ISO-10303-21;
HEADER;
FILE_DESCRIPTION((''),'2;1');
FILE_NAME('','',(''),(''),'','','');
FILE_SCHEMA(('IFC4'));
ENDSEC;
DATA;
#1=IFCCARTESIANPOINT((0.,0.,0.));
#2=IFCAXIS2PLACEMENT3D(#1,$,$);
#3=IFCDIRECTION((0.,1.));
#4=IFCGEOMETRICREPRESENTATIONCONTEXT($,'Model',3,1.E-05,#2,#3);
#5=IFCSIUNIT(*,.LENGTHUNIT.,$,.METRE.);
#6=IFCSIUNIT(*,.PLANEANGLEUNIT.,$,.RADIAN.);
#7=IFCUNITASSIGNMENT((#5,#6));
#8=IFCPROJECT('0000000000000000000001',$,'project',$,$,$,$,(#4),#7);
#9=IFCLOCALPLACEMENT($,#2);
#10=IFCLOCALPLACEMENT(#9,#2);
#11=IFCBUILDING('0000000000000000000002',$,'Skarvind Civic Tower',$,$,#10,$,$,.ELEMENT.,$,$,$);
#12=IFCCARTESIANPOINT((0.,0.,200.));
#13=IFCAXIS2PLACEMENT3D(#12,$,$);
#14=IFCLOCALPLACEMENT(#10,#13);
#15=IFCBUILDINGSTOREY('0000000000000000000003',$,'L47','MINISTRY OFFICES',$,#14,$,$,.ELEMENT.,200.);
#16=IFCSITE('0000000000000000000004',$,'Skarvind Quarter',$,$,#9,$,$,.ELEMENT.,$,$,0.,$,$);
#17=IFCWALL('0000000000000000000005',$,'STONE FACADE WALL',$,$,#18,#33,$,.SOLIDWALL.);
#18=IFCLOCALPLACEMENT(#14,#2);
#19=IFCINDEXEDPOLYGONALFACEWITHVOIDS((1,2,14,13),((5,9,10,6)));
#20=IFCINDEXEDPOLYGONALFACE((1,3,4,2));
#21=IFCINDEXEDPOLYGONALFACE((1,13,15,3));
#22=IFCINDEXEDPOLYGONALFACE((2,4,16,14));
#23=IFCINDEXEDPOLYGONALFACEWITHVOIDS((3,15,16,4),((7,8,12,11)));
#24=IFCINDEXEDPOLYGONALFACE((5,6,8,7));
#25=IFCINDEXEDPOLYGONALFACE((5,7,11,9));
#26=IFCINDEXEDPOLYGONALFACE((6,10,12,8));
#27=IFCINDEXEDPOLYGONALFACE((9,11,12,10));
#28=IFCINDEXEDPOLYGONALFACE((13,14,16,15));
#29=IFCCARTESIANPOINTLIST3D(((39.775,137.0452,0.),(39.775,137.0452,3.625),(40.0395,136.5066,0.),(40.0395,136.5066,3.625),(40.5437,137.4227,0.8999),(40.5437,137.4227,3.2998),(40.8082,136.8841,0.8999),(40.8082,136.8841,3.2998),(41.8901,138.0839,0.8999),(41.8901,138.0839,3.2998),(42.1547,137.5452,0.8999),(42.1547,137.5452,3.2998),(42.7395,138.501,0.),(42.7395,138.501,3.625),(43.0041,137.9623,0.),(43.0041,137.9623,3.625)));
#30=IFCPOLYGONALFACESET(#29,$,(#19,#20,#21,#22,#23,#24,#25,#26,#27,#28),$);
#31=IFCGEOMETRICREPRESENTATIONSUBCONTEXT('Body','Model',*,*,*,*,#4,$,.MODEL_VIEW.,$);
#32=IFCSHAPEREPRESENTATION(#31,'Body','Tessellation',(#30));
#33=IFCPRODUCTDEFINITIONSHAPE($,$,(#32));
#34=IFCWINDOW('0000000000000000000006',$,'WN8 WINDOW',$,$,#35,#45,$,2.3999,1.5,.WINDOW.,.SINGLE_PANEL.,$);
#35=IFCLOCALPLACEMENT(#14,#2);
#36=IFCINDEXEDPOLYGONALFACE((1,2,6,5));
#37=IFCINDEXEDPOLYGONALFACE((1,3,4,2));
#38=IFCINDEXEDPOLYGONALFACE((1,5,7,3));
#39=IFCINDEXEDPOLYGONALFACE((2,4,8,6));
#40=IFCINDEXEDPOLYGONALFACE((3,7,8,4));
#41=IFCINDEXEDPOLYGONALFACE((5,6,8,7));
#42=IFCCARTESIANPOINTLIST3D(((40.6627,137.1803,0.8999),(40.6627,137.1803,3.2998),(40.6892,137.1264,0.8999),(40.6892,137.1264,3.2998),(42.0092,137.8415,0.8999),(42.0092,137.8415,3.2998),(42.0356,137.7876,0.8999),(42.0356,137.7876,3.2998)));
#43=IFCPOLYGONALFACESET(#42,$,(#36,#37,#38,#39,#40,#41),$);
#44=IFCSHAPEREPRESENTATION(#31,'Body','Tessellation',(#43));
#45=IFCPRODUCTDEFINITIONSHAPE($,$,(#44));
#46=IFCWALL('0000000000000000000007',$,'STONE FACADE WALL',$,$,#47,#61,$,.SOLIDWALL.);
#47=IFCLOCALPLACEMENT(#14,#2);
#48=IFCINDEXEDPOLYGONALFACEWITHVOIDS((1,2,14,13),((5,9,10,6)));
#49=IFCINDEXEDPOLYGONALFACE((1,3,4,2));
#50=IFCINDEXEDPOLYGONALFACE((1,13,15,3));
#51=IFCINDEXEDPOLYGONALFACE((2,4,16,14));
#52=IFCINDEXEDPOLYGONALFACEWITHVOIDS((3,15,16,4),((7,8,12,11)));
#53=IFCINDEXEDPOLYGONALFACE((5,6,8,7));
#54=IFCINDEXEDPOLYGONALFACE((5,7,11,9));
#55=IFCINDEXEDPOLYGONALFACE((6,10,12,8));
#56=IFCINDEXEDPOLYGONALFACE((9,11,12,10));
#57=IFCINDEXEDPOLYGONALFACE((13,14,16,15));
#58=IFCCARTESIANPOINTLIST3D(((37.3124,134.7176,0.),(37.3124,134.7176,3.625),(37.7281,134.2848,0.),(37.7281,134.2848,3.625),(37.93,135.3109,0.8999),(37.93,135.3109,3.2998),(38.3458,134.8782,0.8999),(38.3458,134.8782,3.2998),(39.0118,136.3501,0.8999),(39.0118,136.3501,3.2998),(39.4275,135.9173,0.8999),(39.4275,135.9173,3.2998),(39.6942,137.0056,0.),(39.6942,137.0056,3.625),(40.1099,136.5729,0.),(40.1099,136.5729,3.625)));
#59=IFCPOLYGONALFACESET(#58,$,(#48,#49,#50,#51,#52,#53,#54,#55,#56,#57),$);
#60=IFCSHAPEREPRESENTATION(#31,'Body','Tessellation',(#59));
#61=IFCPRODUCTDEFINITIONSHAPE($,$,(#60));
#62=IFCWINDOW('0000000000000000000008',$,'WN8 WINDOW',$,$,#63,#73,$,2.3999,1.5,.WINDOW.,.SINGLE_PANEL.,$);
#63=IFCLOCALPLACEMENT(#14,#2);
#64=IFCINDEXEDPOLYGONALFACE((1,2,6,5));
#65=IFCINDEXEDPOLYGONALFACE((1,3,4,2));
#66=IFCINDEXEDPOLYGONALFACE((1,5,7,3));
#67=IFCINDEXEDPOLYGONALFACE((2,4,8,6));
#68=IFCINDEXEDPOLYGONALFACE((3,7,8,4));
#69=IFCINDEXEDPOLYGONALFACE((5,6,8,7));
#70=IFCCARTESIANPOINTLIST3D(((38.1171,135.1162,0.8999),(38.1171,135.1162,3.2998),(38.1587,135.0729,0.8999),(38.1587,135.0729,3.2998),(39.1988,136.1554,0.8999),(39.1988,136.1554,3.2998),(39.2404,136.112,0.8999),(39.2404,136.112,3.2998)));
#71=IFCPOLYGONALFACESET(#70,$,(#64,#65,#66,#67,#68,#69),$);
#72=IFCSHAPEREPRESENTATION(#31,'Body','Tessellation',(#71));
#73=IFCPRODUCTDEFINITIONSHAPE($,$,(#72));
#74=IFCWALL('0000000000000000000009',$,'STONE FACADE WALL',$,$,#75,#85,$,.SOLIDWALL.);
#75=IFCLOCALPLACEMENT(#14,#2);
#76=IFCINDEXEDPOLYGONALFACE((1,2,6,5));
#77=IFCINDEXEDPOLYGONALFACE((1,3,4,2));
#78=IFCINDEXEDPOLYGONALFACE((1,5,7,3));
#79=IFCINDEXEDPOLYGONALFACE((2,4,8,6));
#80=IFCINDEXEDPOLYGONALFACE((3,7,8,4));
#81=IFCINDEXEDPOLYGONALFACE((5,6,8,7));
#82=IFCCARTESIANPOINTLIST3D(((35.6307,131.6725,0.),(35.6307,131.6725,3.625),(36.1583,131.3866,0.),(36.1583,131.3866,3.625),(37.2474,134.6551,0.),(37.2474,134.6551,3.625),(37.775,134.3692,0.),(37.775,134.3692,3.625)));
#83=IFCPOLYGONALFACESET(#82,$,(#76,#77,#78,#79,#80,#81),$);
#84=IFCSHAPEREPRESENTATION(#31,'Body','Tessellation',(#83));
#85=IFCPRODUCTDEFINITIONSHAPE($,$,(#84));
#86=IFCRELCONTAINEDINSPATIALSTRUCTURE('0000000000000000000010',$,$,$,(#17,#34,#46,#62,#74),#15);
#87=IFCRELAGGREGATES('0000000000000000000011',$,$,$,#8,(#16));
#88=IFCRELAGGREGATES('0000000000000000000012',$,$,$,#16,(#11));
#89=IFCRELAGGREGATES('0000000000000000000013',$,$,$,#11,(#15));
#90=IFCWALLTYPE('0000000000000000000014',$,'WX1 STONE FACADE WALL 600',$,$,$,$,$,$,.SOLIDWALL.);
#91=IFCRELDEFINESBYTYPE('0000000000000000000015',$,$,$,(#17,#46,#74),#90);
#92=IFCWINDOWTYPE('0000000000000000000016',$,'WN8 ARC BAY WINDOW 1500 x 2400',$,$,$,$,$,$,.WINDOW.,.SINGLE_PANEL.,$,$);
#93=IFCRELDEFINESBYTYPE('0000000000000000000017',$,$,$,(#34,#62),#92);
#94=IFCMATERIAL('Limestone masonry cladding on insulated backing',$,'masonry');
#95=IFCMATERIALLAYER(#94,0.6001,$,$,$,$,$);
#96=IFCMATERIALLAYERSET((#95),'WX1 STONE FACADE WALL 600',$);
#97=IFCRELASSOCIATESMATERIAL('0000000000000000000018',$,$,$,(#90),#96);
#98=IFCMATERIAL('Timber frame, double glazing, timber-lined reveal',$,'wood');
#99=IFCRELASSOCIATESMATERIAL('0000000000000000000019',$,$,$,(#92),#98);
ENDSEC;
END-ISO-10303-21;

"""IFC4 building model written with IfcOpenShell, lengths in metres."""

from ifc_helpers import new_model, si_unit, direction, frame, frame_2d, origin, place, context, subcontext, project, spatial, rectangle, extrude, material, layer, layer_set, type_object, element, fill, save


model = new_model("IFC4")

# Units and contexts
model_context = context("Model", 3, precision=1e-05, world=origin(), true_north=direction((0.0, 1.0)))
body_context = subcontext(model_context, "Body", "Model", "MODEL_VIEW")
ifc_project = project(units=[si_unit("LENGTHUNIT", "METRE"), si_unit("PLANEANGLEUNIT", "RADIAN")], contexts=[model_context])

# Site, building, storey
site_placement = place(None, origin())
site = spatial("IfcSite", under=ifc_project, at=site_placement, Name="Skarvind Quarter", CompositionType="ELEMENT", RefElevation=0.0)
building_placement = place(site_placement, origin())
building = spatial("IfcBuilding", under=site, at=building_placement, Name="Skarvind Civic Tower", CompositionType="ELEMENT")
storey_placement = place(building_placement, frame((0.0, 0.0, 200.0)))
storey = spatial("IfcBuildingStorey", under=building, at=storey_placement, Name="L47", Description="MINISTRY OFFICES", CompositionType="ELEMENT", Elevation=200.0)

# Walls, openings, windows
ifc_material_1 = material(Name="Limestone masonry cladding on insulated backing", Category="masonry")
ifc_layer_1 = layer(ifc_material_1, 0.6001)
ifc_layer_set_1 = layer_set([ifc_layer_1], Name="WX1 STONE FACADE WALL 600")
wall_type_1 = type_object("IfcWallType", Name="WX1 STONE FACADE WALL 600", PredefinedType="SOLIDWALL", material=ifc_layer_set_1)
ifc_material_2 = material(Name="Timber frame, double glazing, timber-lined reveal", Category="wood")
window_type = type_object("IfcWindowType", Name="WN8 ARC BAY WINDOW 1500 x 2400", PartitioningType="SINGLE_PANEL", PredefinedType="WINDOW", material=ifc_material_2)
wall_1_placement = place(storey_placement, frame((39.9072, 136.7759, 0.0), z_axis=(0.0, 0.0, 1.0), x_axis=(0.897612, 0.440786, 0.0)))
wall_1 = element("IfcWall", 1, at=wall_1_placement, inside=storey, type_object=wall_type_1, Name="STONE FACADE WALL", PredefinedType="SOLIDWALL", context=body_context, shape_type="SweptSolid", body=[
    extrude(rectangle(XDim=3.3027, YDim=0.6001, at=frame_2d((1.6514, 0.0))), origin(), (0.0, 0.0, 1.0), 3.625),
])
opening_1_placement = place(wall_1_placement, frame((0.8564, 0.0, 0.8999)))
opening_1 = element("IfcOpeningElement", 2, at=opening_1_placement, cuts=wall_1, PredefinedType="OPENING", context=body_context, shape_type="SweptSolid", body=[
    extrude(rectangle(XDim=1.5, YDim=2.3999, at=frame_2d((0.75, 1.2))), frame((0.0, 0.3101, 0.0), z_axis=(0.0, -1.0, 0.0), x_axis=(1.0, 0.0, 0.0)), (0.0, 0.0, 1.0), 0.6201),
])
window_1_placement = place(opening_1_placement, origin())
window_1 = element("IfcWindow", 3, at=window_1_placement, inside=storey, type_object=window_type, Name="WN8 WINDOW", OverallHeight=2.3999, OverallWidth=1.5, PartitioningType="SINGLE_PANEL", PredefinedType="WINDOW", context=body_context, shape_type="SweptSolid", body=[
    extrude(rectangle(XDim=1.5, YDim=2.3999, at=frame_2d((0.75, 1.2))), frame((0.0, 0.03, 0.0), z_axis=(0.0, -1.0, 0.0), x_axis=(1.0, 0.0, 0.0)), (0.0, 0.0, 1.0), 0.0601),
])
fill(opening_1, window_1)
wall_2_placement = place(storey_placement, frame((37.5203, 134.5012, 0.0), z_axis=(0.0, 0.0, 1.0), x_axis=(0.721157, 0.692772, 0.0)))
wall_2 = element("IfcWall", 4, at=wall_2_placement, inside=storey, type_object=wall_type_1, Name="STONE FACADE WALL", PredefinedType="SOLIDWALL", context=body_context, shape_type="SweptSolid", body=[
    extrude(rectangle(XDim=3.3027, YDim=0.6001, at=frame_2d((1.6514, 0.0))), origin(), (0.0, 0.0, 1.0), 3.625),
])
opening_2_placement = place(wall_2_placement, frame((0.8564, 0.0, 0.8999)))
opening_2 = element("IfcOpeningElement", 5, at=opening_2_placement, cuts=wall_2, PredefinedType="OPENING", context=body_context, shape_type="SweptSolid", body=[
    extrude(rectangle(XDim=1.5, YDim=2.3999, at=frame_2d((0.75, 1.2))), frame((0.0, 0.3101, 0.0), z_axis=(0.0, -1.0, 0.0), x_axis=(1.0, 0.0, 0.0)), (0.0, 0.0, 1.0), 0.6201),
])
window_2_placement = place(opening_2_placement, origin())
window_2 = element("IfcWindow", 6, at=window_2_placement, inside=storey, type_object=window_type, Name="WN8 WINDOW", OverallHeight=2.3999, OverallWidth=1.5, PartitioningType="SINGLE_PANEL", PredefinedType="WINDOW", context=body_context, shape_type="SweptSolid", body=[
    extrude(rectangle(XDim=1.5, YDim=2.3999, at=frame_2d((0.75, 1.2))), frame((0.0, 0.03, 0.0), z_axis=(0.0, -1.0, 0.0), x_axis=(1.0, 0.0, 0.0)), (0.0, 0.0, 1.0), 0.0601),
])
fill(opening_2, window_2)

# Wall
wall_3_placement = place(storey_placement, frame((35.8945, 131.5295, 0.0), z_axis=(0.0, 0.0, 1.0), x_axis=(0.476531, 0.879158, 0.0)))
element("IfcWall", 7, at=wall_3_placement, inside=storey, type_object=wall_type_1, Name="STONE FACADE WALL", PredefinedType="SOLIDWALL", context=body_context, shape_type="SweptSolid", body=[
    extrude(rectangle(XDim=3.3926, YDim=0.6001, at=frame_2d((1.6963, 0.0))), origin(), (0.0, 0.0, 1.0), 3.625),
])

save(model, "model.ifc")
